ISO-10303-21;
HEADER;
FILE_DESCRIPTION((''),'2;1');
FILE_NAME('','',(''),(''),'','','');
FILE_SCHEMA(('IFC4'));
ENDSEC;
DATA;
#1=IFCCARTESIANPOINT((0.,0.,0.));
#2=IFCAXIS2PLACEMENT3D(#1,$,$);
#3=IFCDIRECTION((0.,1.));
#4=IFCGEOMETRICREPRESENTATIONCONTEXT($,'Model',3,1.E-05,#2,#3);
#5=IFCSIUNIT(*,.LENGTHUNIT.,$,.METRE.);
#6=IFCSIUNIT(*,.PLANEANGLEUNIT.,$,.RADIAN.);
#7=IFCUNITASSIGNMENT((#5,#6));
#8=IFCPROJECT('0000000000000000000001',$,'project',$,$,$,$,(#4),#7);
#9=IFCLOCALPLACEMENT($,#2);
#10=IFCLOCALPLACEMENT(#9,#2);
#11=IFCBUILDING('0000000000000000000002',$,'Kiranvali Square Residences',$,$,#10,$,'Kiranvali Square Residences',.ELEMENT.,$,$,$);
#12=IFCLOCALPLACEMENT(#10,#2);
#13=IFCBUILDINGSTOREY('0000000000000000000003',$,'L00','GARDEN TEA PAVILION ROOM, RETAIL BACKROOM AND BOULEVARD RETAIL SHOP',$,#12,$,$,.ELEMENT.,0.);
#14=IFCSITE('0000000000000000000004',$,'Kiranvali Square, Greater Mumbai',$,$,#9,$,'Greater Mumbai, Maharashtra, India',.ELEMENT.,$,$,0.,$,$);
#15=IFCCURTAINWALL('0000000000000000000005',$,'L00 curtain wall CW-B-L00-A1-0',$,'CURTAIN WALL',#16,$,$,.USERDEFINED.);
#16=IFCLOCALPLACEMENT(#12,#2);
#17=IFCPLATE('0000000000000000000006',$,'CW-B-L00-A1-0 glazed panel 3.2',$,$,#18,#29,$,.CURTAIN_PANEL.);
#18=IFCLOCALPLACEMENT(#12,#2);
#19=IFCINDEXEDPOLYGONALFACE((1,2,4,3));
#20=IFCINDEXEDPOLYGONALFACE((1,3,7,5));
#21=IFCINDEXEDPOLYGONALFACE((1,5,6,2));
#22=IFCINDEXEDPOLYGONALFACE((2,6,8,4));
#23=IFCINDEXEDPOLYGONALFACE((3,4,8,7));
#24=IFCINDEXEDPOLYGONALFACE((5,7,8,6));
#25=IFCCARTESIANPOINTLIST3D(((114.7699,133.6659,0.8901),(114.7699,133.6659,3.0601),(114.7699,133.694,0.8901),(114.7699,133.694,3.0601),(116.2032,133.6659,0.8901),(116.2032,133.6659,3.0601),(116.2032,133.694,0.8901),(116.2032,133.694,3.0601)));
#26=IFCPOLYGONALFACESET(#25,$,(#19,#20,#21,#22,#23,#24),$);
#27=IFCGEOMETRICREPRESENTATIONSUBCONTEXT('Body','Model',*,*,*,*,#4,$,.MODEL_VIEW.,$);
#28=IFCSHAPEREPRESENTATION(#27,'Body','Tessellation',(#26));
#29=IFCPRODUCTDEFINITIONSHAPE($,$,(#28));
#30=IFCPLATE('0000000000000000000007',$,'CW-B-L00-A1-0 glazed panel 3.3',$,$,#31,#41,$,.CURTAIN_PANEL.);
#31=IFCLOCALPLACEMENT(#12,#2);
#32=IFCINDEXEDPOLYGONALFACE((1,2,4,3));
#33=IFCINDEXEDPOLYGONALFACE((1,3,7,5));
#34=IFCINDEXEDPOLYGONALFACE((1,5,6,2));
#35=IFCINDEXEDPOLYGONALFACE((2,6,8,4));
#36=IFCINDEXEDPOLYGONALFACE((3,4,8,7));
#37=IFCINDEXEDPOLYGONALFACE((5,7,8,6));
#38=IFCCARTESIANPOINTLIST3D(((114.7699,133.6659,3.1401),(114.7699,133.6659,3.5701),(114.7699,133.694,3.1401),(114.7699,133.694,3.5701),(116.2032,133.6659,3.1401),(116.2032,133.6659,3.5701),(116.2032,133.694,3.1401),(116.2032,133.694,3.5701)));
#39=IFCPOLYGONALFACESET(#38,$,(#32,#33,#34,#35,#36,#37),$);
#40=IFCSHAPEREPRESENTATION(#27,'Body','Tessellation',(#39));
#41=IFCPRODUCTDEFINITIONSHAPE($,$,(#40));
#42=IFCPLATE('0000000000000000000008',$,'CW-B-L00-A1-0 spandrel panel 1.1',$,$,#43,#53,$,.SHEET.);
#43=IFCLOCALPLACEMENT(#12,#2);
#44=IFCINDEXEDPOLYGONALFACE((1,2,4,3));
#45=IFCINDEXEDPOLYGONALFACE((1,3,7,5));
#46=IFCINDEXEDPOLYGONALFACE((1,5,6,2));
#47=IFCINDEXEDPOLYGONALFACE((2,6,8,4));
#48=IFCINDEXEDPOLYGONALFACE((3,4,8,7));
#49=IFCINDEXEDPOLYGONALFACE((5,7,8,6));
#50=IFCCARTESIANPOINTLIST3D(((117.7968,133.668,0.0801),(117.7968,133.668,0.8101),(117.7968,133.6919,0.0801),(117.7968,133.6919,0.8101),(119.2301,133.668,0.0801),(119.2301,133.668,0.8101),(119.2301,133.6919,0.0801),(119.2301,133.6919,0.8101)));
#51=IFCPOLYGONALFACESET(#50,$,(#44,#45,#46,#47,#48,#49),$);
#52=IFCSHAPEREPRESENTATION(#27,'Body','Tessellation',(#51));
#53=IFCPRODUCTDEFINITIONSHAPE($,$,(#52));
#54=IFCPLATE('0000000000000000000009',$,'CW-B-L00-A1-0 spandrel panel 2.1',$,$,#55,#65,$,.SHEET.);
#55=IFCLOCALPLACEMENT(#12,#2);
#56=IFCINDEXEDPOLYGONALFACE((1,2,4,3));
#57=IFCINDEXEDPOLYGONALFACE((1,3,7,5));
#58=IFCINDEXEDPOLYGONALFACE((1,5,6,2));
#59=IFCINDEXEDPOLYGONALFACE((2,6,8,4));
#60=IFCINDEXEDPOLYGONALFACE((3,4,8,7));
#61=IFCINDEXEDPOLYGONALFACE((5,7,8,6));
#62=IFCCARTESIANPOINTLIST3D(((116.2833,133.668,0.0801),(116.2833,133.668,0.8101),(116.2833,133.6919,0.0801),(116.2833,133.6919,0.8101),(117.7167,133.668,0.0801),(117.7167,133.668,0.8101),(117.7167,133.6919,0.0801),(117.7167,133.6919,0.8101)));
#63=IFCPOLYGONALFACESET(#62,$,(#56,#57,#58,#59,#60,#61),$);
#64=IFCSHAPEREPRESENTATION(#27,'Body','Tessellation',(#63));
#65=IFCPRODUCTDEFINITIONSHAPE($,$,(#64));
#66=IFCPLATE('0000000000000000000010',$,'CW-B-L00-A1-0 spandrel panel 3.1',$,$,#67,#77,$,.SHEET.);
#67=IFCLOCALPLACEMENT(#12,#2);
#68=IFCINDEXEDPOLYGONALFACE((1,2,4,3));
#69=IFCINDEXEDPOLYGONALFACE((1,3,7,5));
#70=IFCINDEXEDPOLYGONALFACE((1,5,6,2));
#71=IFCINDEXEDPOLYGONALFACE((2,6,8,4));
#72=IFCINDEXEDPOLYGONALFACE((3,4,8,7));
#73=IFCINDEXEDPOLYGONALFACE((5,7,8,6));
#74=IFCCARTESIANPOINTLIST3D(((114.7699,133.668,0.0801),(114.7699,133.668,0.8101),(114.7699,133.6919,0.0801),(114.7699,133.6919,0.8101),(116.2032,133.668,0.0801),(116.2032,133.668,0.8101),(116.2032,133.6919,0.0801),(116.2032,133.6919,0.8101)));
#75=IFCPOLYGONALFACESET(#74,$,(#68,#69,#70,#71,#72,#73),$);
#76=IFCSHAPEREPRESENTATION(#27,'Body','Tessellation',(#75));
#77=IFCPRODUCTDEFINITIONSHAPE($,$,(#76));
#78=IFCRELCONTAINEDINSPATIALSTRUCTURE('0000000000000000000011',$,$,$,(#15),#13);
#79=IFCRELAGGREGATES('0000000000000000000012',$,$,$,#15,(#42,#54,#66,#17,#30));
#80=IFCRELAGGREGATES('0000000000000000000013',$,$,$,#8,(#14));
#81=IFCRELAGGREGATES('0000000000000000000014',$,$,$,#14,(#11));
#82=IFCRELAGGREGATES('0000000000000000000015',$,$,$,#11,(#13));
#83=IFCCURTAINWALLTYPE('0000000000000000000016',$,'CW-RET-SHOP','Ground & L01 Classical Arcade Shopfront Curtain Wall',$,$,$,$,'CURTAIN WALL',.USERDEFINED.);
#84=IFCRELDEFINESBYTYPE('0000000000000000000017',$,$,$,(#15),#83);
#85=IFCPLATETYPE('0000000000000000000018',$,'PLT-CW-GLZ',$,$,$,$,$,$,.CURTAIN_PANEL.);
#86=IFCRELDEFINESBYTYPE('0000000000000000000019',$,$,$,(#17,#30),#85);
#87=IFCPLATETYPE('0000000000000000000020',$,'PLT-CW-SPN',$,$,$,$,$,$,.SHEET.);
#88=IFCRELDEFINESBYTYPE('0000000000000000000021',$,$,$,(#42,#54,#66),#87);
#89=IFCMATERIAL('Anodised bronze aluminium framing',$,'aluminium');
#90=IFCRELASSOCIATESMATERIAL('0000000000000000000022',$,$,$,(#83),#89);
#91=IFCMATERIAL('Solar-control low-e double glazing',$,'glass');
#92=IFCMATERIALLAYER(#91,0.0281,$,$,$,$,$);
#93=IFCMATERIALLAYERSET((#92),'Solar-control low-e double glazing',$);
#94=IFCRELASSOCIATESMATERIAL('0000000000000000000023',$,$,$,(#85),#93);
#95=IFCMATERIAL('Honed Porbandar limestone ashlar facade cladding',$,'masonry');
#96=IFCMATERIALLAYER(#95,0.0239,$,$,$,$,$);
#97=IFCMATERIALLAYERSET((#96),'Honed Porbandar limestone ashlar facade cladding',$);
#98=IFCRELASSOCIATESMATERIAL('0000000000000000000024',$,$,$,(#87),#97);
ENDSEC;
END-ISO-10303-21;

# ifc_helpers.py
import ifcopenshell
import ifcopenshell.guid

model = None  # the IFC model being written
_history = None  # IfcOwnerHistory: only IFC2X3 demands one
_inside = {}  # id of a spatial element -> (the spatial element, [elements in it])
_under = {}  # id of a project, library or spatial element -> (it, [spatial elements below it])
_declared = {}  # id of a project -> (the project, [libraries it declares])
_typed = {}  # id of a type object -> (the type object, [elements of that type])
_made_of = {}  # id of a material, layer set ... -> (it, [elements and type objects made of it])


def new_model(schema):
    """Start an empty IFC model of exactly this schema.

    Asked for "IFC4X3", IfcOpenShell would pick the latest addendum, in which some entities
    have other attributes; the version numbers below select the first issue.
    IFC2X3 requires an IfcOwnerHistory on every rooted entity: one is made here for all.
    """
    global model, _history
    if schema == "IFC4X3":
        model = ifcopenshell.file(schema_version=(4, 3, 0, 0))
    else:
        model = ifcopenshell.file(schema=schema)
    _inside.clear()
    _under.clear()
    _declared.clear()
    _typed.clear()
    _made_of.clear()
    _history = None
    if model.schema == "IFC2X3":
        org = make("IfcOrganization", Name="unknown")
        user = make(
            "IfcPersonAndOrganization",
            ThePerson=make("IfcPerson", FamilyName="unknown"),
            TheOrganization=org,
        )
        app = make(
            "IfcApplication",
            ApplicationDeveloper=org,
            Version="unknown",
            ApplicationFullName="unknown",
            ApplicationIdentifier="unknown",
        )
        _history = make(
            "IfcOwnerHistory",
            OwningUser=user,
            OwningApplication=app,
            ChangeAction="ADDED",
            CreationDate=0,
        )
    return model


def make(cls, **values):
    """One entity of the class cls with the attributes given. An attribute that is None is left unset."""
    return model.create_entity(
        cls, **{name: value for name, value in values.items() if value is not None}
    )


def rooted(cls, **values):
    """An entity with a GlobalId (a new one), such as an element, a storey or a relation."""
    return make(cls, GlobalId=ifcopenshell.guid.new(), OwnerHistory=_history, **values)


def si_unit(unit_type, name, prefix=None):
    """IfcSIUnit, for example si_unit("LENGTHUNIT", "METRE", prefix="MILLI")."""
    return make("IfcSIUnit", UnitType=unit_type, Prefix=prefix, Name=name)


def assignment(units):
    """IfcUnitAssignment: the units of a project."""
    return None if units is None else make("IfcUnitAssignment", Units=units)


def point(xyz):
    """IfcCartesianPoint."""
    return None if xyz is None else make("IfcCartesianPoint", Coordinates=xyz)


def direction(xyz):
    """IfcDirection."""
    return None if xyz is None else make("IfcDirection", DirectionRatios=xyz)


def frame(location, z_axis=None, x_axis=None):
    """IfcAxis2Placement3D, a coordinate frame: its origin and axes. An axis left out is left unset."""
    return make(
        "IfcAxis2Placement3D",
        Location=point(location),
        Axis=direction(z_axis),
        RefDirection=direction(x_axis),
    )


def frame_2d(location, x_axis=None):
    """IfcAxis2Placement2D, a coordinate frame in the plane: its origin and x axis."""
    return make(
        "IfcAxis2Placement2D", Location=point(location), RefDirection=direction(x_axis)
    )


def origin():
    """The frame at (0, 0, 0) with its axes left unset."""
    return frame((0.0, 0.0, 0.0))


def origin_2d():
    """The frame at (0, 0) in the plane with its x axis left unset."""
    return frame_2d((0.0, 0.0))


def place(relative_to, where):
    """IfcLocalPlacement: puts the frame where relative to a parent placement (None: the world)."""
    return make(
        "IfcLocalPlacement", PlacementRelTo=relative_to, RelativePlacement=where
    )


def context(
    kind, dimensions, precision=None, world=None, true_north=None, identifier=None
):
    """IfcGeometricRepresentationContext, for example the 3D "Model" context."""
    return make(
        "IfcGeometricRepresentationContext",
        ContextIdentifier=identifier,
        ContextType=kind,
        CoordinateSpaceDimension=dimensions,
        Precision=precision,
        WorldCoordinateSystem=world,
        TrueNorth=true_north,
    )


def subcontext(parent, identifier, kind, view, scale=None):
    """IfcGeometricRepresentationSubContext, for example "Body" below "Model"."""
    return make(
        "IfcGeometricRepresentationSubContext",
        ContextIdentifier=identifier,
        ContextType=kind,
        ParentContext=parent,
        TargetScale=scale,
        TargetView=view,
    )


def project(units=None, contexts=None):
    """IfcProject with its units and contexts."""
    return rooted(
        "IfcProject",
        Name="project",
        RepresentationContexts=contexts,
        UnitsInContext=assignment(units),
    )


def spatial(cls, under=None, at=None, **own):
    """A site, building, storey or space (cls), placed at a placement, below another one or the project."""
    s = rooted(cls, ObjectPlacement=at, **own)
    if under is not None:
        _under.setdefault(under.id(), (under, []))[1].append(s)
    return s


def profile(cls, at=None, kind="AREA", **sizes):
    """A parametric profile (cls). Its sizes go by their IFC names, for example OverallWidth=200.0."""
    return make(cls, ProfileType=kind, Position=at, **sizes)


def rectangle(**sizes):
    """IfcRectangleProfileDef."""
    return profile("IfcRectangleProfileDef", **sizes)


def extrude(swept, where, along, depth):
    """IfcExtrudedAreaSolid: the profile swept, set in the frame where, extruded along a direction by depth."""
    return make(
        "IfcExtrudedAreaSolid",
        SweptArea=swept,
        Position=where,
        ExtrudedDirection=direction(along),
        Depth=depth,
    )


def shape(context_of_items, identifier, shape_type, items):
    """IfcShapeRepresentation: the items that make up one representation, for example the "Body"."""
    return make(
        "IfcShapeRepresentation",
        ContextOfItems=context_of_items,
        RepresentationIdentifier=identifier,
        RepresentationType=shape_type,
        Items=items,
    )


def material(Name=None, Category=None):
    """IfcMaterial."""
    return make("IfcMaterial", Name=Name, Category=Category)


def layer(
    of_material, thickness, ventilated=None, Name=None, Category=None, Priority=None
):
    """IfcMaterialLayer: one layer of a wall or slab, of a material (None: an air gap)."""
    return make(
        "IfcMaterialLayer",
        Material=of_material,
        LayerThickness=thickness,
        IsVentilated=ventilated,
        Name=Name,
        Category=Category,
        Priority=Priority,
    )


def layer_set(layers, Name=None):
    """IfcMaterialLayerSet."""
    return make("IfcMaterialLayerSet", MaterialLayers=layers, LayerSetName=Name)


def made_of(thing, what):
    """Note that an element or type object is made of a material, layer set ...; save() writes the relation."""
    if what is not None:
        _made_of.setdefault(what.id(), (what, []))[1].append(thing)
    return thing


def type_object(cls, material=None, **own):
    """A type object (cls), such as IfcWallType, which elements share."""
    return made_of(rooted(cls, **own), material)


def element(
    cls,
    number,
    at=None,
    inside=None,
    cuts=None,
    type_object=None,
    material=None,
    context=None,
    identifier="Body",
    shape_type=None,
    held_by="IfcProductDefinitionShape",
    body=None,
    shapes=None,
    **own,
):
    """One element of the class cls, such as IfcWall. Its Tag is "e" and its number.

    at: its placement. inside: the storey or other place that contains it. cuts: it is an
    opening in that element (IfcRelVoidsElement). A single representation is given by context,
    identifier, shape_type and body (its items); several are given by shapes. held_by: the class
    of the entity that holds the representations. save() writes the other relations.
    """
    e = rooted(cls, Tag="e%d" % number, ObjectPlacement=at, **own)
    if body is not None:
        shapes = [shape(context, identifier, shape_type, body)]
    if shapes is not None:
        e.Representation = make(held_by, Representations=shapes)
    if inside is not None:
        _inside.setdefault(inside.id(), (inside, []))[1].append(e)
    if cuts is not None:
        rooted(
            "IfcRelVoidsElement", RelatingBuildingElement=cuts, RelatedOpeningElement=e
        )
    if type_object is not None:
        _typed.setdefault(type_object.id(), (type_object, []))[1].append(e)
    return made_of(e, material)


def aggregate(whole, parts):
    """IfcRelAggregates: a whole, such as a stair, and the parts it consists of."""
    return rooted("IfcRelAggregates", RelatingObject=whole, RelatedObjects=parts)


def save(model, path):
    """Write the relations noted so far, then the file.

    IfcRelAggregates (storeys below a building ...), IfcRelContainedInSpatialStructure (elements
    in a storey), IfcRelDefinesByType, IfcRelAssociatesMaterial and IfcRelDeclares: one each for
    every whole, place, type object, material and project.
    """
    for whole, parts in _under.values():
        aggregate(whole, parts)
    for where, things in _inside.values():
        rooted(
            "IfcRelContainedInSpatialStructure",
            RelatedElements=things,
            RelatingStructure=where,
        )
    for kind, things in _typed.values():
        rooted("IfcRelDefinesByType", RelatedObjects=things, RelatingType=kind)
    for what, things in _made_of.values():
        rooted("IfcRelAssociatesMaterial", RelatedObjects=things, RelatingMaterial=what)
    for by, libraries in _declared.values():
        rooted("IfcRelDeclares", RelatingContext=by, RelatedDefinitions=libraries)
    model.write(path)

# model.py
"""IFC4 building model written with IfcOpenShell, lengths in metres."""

from ifc_helpers import new_model, si_unit, direction, frame, origin, origin_2d, place, context, subcontext, project, spatial, rectangle, extrude, material, layer, layer_set, type_object, element, aggregate, save


model = new_model("IFC4")

# Units and contexts
model_context = context("Model", 3, precision=1e-05, world=origin(), true_north=direction((0.0, 1.0)))
body_context = subcontext(model_context, "Body", "Model", "MODEL_VIEW")
ifc_project = project(units=[si_unit("LENGTHUNIT", "METRE"), si_unit("PLANEANGLEUNIT", "RADIAN")], contexts=[model_context])

# Site, building, storey
site_placement = place(None, origin())
site = spatial("IfcSite", under=ifc_project, at=site_placement, Name="Kiranvali Square, Greater Mumbai", LongName="Greater Mumbai, Maharashtra, India", CompositionType="ELEMENT", RefElevation=0.0)
building_placement = place(site_placement, origin())
building = spatial("IfcBuilding", under=site, at=building_placement, Name="Kiranvali Square Residences", LongName="Kiranvali Square Residences", CompositionType="ELEMENT")
storey_placement = place(building_placement, origin())
storey = spatial("IfcBuildingStorey", under=building, at=storey_placement, Name="L00", Description="GARDEN TEA PAVILION ROOM, RETAIL BACKROOM AND BOULEVARD RETAIL SHOP", CompositionType="ELEMENT", Elevation=0.0)

# Curtain wall
ifc_material_1 = material(Name="Anodised bronze aluminium framing", Category="aluminium")
curtain_wall_type = type_object("IfcCurtainWallType", Name="CW-RET-SHOP", Description="Ground & L01 Classical Arcade Shopfront Curtain Wall", ElementType="CURTAIN WALL", PredefinedType="USERDEFINED", material=ifc_material_1)
curtain_wall_1_placement = place(storey_placement, origin())
curtain_wall_1 = element("IfcCurtainWall", 1, at=curtain_wall_1_placement, inside=storey, type_object=curtain_wall_type, Name="L00 curtain wall CW-B-L00-A1-0", ObjectType="CURTAIN WALL", PredefinedType="USERDEFINED")

# Plates
ifc_material_2 = material(Name="Solar-control low-e double glazing", Category="glass")
ifc_layer_1 = layer(ifc_material_2, 0.0281)
ifc_layer_set_1 = layer_set([ifc_layer_1], Name="Solar-control low-e double glazing")
plate_type_1 = type_object("IfcPlateType", Name="PLT-CW-GLZ", PredefinedType="CURTAIN_PANEL", material=ifc_layer_set_1)
plate_1_placement = place(storey_placement, frame((115.4866, 133.6799, 0.8901), z_axis=(0.0, 0.0, 1.0), x_axis=(-1.0, 0.0, 0.0)))
plate_1 = element("IfcPlate", 2, at=plate_1_placement, type_object=plate_type_1, Name="CW-B-L00-A1-0 glazed panel 3.2", PredefinedType="CURTAIN_PANEL", context=body_context, shape_type="SweptSolid", body=[
    extrude(rectangle(XDim=1.4333, YDim=0.0281, at=origin_2d()), origin(), (0.0, 0.0, 1.0), 2.1699),
])
plate_2_placement = place(storey_placement, frame((115.4866, 133.6799, 3.1401), z_axis=(0.0, 0.0, 1.0), x_axis=(-1.0, 0.0, 0.0)))
plate_2 = element("IfcPlate", 3, at=plate_2_placement, type_object=plate_type_1, Name="CW-B-L00-A1-0 glazed panel 3.3", PredefinedType="CURTAIN_PANEL", context=body_context, shape_type="SweptSolid", body=[
    extrude(rectangle(XDim=1.4333, YDim=0.0281, at=origin_2d()), origin(), (0.0, 0.0, 1.0), 0.4299),
])
ifc_material_3 = material(Name="Honed Porbandar limestone ashlar facade cladding", Category="masonry")
ifc_layer_2 = layer(ifc_material_3, 0.0239)
ifc_layer_set_2 = layer_set([ifc_layer_2], Name="Honed Porbandar limestone ashlar facade cladding")
plate_type_2 = type_object("IfcPlateType", Name="PLT-CW-SPN", PredefinedType="SHEET", material=ifc_layer_set_2)
plate_3_placement = place(storey_placement, frame((118.5134, 133.6799, 0.0801), z_axis=(0.0, 0.0, 1.0), x_axis=(-1.0, 0.0, 0.0)))
plate_3 = element("IfcPlate", 4, at=plate_3_placement, type_object=plate_type_2, Name="CW-B-L00-A1-0 spandrel panel 1.1", PredefinedType="SHEET", context=body_context, shape_type="SweptSolid", body=[
    extrude(rectangle(XDim=1.4333, YDim=0.0239, at=origin_2d()), origin(), (0.0, 0.0, 1.0), 0.73),
])
plate_4_placement = place(storey_placement, frame((117.0, 133.6799, 0.0801), z_axis=(0.0, 0.0, 1.0), x_axis=(-1.0, 0.0, 0.0)))
plate_4 = element("IfcPlate", 5, at=plate_4_placement, type_object=plate_type_2, Name="CW-B-L00-A1-0 spandrel panel 2.1", PredefinedType="SHEET", context=body_context, shape_type="SweptSolid", body=[
    extrude(rectangle(XDim=1.4333, YDim=0.0239, at=origin_2d()), origin(), (0.0, 0.0, 1.0), 0.73),
])
plate_5_placement = place(storey_placement, frame((115.4866, 133.6799, 0.0801), z_axis=(0.0, 0.0, 1.0), x_axis=(-1.0, 0.0, 0.0)))
plate_5 = element("IfcPlate", 6, at=plate_5_placement, type_object=plate_type_2, Name="CW-B-L00-A1-0 spandrel panel 3.1", PredefinedType="SHEET", context=body_context, shape_type="SweptSolid", body=[
    extrude(rectangle(XDim=1.4333, YDim=0.0239, at=origin_2d()), origin(), (0.0, 0.0, 1.0), 0.73),
])
aggregate(curtain_wall_1, [plate_3, plate_4, plate_5, plate_1, plate_2])

save(model, "model.ifc")
